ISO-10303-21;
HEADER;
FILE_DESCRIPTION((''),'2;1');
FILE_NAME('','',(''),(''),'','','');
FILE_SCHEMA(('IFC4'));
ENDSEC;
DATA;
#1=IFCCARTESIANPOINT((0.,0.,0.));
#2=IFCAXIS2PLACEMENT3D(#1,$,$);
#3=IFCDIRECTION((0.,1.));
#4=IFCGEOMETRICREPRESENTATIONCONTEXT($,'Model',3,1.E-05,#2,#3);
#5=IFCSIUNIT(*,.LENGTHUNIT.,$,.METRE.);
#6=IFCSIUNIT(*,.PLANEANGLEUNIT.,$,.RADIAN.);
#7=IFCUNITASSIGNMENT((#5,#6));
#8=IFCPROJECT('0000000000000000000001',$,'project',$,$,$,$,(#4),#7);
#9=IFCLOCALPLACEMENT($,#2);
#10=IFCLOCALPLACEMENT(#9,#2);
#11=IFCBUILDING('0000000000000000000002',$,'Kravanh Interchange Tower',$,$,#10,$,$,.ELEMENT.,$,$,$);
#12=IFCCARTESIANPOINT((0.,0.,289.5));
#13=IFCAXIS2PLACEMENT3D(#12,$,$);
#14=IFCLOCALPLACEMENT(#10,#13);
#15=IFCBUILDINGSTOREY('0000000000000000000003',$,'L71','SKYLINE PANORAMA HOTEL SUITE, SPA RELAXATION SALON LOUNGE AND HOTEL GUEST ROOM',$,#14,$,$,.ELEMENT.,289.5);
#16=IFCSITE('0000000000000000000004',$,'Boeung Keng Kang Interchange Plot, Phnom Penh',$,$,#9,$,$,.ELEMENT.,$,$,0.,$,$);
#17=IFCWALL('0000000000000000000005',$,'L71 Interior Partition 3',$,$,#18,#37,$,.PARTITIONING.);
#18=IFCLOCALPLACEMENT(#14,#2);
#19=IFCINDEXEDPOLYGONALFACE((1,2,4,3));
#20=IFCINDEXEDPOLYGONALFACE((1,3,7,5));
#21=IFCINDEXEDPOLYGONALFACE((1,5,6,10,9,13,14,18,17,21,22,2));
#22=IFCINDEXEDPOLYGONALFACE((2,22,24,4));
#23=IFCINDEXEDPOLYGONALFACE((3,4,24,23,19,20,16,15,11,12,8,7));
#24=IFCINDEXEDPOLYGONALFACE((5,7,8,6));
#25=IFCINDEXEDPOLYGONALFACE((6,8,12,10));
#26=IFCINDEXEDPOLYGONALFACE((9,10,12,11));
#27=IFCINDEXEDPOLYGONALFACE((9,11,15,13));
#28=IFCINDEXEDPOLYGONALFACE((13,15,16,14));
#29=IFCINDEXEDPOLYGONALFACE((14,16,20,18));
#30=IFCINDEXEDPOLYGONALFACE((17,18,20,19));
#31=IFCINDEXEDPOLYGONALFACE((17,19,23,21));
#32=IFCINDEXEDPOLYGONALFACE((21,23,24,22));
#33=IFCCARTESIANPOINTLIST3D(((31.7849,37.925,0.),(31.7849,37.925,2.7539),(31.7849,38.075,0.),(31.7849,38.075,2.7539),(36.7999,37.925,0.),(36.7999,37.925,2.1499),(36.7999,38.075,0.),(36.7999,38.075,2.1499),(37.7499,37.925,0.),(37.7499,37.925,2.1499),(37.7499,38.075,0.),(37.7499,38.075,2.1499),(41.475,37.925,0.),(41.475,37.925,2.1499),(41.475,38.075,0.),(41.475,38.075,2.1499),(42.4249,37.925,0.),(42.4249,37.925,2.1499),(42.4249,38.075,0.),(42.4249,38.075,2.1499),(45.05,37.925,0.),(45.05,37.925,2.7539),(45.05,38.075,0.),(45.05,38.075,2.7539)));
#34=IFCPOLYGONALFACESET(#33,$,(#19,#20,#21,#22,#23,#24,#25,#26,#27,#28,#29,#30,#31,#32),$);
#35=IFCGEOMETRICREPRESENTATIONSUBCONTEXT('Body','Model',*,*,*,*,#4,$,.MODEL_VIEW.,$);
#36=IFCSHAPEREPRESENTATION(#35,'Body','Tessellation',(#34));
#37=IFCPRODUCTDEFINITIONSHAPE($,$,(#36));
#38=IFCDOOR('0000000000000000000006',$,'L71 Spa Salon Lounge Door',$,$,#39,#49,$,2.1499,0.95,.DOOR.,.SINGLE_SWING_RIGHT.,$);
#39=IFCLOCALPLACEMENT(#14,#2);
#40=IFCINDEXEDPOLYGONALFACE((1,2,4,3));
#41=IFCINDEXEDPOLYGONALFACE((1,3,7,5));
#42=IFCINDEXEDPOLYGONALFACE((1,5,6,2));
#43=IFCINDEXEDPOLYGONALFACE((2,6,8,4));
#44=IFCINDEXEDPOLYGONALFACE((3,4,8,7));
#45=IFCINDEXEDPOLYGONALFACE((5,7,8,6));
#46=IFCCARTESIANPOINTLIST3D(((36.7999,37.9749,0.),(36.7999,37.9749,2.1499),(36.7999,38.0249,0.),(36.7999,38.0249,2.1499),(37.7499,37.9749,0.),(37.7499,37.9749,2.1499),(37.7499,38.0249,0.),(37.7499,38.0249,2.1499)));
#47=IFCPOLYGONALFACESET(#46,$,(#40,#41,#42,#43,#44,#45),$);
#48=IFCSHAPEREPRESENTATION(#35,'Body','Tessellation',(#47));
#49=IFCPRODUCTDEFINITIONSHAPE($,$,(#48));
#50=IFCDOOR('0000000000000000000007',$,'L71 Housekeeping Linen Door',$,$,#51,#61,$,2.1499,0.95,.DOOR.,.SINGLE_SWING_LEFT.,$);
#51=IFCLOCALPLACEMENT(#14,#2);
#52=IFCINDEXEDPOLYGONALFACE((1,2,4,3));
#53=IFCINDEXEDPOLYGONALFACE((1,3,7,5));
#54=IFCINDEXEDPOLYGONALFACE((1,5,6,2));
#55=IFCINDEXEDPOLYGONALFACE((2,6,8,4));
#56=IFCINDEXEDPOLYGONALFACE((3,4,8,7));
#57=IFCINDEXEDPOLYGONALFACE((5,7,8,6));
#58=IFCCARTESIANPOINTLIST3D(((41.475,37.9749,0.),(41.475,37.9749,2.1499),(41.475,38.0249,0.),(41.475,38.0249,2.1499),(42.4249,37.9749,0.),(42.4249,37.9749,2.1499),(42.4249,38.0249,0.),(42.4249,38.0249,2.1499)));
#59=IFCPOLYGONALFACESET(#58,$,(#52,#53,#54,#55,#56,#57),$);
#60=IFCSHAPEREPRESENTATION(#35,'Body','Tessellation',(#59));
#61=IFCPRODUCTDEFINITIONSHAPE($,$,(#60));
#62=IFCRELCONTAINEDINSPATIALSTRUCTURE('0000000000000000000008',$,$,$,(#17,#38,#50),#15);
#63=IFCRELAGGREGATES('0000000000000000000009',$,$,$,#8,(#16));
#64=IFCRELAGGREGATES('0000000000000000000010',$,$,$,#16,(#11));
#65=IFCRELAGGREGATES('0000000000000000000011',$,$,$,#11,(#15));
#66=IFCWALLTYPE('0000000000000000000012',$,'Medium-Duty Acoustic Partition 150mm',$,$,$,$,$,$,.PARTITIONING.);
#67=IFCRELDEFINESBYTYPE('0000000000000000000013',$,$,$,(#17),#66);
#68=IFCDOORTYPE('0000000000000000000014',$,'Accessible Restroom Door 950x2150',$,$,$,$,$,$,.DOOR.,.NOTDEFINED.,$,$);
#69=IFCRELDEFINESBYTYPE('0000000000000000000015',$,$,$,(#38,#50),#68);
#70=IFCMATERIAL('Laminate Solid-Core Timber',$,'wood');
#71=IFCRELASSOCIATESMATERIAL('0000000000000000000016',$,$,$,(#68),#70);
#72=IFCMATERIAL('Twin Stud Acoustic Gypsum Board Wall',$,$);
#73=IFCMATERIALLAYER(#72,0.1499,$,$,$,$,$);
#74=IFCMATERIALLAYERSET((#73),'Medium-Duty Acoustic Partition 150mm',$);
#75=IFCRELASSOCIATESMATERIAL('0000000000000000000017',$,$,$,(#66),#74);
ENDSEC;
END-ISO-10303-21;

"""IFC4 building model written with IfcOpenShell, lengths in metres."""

from ifc_helpers import new_model, si_unit, direction, frame, frame_2d, origin, place, context, subcontext, project, spatial, rectangle, extrude, material, layer, layer_set, type_object, element, fill, save


model = new_model("IFC4")

# Units and contexts
model_context = context("Model", 3, precision=1e-05, world=origin(), true_north=direction((0.0, 1.0)))
body_context = subcontext(model_context, "Body", "Model", "MODEL_VIEW")
ifc_project = project(units=[si_unit("LENGTHUNIT", "METRE"), si_unit("PLANEANGLEUNIT", "RADIAN")], contexts=[model_context])

# Site, building, storey
site_placement = place(None, origin())
site = spatial("IfcSite", under=ifc_project, at=site_placement, Name="Boeung Keng Kang Interchange Plot, Phnom Penh", CompositionType="ELEMENT", RefElevation=0.0)
building_placement = place(site_placement, origin())
building = spatial("IfcBuilding", under=site, at=building_placement, Name="Kravanh Interchange Tower", CompositionType="ELEMENT")
storey_placement = place(building_placement, frame((0.0, 0.0, 289.5)))
storey = spatial("IfcBuildingStorey", under=building, at=storey_placement, Name="L71", Description="SKYLINE PANORAMA HOTEL SUITE, SPA RELAXATION SALON LOUNGE AND HOTEL GUEST ROOM", CompositionType="ELEMENT", Elevation=289.5)

# Wall, openings, doors
ifc_material_1 = material(Name="Laminate Solid-Core Timber", Category="wood")
door_type_1 = type_object("IfcDoorType", Name="Accessible Restroom Door 950x2150", OperationType="NOTDEFINED", PredefinedType="DOOR", material=ifc_material_1)
ifc_material_2 = material(Name="Twin Stud Acoustic Gypsum Board Wall")
ifc_layer_1 = layer(ifc_material_2, 0.1499)
ifc_layer_set_1 = layer_set([ifc_layer_1], Name="Medium-Duty Acoustic Partition 150mm")
wall_type_1 = type_object("IfcWallType", Name="Medium-Duty Acoustic Partition 150mm", PredefinedType="PARTITIONING", material=ifc_layer_set_1)
wall_1_placement = place(storey_placement, frame((31.7849, 38.0, 0.0), z_axis=(0.0, 0.0, 1.0), x_axis=(1.0, 0.0, 0.0)))
wall_1 = element("IfcWall", 1, at=wall_1_placement, inside=storey, type_object=wall_type_1, Name="L71 Interior Partition 3", PredefinedType="PARTITIONING", context=body_context, shape_type="SweptSolid", body=[
    extrude(rectangle(XDim=13.2651, YDim=0.1499, at=frame_2d((6.6326, 0.0))), origin(), (0.0, 0.0, 1.0), 2.7539),
])
opening_1_placement = place(wall_1_placement, frame((5.0149, 0.0, 0.0)))
opening_1 = element("IfcOpeningElement", 2, at=opening_1_placement, cuts=wall_1, PredefinedType="OPENING", context=body_context, shape_type="SweptSolid", body=[
    extrude(rectangle(XDim=0.95, YDim=2.1499, at=frame_2d((0.4751, 1.075))), frame((0.0, 0.085, 0.0), z_axis=(0.0, -1.0, 0.0), x_axis=(1.0, 0.0, 0.0)), (0.0, 0.0, 1.0), 0.1699),
])
opening_2_placement = place(wall_1_placement, frame((9.6899, 0.0, 0.0)))
opening_2 = element("IfcOpeningElement", 3, at=opening_2_placement, cuts=wall_1, PredefinedType="OPENING", context=body_context, shape_type="SweptSolid", body=[
    extrude(rectangle(XDim=0.95, YDim=2.1499, at=frame_2d((0.4751, 1.075))), frame((0.0, 0.085, 0.0), z_axis=(0.0, -1.0, 0.0), x_axis=(1.0, 0.0, 0.0)), (0.0, 0.0, 1.0), 0.1699),
])
door_1_placement = place(opening_1_placement, origin())
door_1 = element("IfcDoor", 4, at=door_1_placement, inside=storey, type_object=door_type_1, Name="L71 Spa Salon Lounge Door", OperationType="SINGLE_SWING_RIGHT", OverallHeight=2.1499, OverallWidth=0.95, PredefinedType="DOOR", context=body_context, shape_type="SweptSolid", body=[
    extrude(rectangle(XDim=0.95, YDim=2.1499, at=frame_2d((0.4751, 1.075))), frame((0.0, 0.0249, 0.0), z_axis=(0.0, -1.0, 0.0), x_axis=(1.0, 0.0, 0.0)), (0.0, 0.0, 1.0), 0.05),
])
fill(opening_1, door_1)
door_2_placement = place(opening_2_placement, origin())
door_2 = element("IfcDoor", 5, at=door_2_placement, inside=storey, type_object=door_type_1, Name="L71 Housekeeping Linen Door", OperationType="SINGLE_SWING_LEFT", OverallHeight=2.1499, OverallWidth=0.95, PredefinedType="DOOR", context=body_context, shape_type="SweptSolid", body=[
    extrude(rectangle(XDim=0.95, YDim=2.1499, at=frame_2d((0.4751, 1.075))), frame((0.0, 0.0249, 0.0), z_axis=(0.0, -1.0, 0.0), x_axis=(1.0, 0.0, 0.0)), (0.0, 0.0, 1.0), 0.05),
])
fill(opening_2, door_2)

save(model, "model.ifc")
